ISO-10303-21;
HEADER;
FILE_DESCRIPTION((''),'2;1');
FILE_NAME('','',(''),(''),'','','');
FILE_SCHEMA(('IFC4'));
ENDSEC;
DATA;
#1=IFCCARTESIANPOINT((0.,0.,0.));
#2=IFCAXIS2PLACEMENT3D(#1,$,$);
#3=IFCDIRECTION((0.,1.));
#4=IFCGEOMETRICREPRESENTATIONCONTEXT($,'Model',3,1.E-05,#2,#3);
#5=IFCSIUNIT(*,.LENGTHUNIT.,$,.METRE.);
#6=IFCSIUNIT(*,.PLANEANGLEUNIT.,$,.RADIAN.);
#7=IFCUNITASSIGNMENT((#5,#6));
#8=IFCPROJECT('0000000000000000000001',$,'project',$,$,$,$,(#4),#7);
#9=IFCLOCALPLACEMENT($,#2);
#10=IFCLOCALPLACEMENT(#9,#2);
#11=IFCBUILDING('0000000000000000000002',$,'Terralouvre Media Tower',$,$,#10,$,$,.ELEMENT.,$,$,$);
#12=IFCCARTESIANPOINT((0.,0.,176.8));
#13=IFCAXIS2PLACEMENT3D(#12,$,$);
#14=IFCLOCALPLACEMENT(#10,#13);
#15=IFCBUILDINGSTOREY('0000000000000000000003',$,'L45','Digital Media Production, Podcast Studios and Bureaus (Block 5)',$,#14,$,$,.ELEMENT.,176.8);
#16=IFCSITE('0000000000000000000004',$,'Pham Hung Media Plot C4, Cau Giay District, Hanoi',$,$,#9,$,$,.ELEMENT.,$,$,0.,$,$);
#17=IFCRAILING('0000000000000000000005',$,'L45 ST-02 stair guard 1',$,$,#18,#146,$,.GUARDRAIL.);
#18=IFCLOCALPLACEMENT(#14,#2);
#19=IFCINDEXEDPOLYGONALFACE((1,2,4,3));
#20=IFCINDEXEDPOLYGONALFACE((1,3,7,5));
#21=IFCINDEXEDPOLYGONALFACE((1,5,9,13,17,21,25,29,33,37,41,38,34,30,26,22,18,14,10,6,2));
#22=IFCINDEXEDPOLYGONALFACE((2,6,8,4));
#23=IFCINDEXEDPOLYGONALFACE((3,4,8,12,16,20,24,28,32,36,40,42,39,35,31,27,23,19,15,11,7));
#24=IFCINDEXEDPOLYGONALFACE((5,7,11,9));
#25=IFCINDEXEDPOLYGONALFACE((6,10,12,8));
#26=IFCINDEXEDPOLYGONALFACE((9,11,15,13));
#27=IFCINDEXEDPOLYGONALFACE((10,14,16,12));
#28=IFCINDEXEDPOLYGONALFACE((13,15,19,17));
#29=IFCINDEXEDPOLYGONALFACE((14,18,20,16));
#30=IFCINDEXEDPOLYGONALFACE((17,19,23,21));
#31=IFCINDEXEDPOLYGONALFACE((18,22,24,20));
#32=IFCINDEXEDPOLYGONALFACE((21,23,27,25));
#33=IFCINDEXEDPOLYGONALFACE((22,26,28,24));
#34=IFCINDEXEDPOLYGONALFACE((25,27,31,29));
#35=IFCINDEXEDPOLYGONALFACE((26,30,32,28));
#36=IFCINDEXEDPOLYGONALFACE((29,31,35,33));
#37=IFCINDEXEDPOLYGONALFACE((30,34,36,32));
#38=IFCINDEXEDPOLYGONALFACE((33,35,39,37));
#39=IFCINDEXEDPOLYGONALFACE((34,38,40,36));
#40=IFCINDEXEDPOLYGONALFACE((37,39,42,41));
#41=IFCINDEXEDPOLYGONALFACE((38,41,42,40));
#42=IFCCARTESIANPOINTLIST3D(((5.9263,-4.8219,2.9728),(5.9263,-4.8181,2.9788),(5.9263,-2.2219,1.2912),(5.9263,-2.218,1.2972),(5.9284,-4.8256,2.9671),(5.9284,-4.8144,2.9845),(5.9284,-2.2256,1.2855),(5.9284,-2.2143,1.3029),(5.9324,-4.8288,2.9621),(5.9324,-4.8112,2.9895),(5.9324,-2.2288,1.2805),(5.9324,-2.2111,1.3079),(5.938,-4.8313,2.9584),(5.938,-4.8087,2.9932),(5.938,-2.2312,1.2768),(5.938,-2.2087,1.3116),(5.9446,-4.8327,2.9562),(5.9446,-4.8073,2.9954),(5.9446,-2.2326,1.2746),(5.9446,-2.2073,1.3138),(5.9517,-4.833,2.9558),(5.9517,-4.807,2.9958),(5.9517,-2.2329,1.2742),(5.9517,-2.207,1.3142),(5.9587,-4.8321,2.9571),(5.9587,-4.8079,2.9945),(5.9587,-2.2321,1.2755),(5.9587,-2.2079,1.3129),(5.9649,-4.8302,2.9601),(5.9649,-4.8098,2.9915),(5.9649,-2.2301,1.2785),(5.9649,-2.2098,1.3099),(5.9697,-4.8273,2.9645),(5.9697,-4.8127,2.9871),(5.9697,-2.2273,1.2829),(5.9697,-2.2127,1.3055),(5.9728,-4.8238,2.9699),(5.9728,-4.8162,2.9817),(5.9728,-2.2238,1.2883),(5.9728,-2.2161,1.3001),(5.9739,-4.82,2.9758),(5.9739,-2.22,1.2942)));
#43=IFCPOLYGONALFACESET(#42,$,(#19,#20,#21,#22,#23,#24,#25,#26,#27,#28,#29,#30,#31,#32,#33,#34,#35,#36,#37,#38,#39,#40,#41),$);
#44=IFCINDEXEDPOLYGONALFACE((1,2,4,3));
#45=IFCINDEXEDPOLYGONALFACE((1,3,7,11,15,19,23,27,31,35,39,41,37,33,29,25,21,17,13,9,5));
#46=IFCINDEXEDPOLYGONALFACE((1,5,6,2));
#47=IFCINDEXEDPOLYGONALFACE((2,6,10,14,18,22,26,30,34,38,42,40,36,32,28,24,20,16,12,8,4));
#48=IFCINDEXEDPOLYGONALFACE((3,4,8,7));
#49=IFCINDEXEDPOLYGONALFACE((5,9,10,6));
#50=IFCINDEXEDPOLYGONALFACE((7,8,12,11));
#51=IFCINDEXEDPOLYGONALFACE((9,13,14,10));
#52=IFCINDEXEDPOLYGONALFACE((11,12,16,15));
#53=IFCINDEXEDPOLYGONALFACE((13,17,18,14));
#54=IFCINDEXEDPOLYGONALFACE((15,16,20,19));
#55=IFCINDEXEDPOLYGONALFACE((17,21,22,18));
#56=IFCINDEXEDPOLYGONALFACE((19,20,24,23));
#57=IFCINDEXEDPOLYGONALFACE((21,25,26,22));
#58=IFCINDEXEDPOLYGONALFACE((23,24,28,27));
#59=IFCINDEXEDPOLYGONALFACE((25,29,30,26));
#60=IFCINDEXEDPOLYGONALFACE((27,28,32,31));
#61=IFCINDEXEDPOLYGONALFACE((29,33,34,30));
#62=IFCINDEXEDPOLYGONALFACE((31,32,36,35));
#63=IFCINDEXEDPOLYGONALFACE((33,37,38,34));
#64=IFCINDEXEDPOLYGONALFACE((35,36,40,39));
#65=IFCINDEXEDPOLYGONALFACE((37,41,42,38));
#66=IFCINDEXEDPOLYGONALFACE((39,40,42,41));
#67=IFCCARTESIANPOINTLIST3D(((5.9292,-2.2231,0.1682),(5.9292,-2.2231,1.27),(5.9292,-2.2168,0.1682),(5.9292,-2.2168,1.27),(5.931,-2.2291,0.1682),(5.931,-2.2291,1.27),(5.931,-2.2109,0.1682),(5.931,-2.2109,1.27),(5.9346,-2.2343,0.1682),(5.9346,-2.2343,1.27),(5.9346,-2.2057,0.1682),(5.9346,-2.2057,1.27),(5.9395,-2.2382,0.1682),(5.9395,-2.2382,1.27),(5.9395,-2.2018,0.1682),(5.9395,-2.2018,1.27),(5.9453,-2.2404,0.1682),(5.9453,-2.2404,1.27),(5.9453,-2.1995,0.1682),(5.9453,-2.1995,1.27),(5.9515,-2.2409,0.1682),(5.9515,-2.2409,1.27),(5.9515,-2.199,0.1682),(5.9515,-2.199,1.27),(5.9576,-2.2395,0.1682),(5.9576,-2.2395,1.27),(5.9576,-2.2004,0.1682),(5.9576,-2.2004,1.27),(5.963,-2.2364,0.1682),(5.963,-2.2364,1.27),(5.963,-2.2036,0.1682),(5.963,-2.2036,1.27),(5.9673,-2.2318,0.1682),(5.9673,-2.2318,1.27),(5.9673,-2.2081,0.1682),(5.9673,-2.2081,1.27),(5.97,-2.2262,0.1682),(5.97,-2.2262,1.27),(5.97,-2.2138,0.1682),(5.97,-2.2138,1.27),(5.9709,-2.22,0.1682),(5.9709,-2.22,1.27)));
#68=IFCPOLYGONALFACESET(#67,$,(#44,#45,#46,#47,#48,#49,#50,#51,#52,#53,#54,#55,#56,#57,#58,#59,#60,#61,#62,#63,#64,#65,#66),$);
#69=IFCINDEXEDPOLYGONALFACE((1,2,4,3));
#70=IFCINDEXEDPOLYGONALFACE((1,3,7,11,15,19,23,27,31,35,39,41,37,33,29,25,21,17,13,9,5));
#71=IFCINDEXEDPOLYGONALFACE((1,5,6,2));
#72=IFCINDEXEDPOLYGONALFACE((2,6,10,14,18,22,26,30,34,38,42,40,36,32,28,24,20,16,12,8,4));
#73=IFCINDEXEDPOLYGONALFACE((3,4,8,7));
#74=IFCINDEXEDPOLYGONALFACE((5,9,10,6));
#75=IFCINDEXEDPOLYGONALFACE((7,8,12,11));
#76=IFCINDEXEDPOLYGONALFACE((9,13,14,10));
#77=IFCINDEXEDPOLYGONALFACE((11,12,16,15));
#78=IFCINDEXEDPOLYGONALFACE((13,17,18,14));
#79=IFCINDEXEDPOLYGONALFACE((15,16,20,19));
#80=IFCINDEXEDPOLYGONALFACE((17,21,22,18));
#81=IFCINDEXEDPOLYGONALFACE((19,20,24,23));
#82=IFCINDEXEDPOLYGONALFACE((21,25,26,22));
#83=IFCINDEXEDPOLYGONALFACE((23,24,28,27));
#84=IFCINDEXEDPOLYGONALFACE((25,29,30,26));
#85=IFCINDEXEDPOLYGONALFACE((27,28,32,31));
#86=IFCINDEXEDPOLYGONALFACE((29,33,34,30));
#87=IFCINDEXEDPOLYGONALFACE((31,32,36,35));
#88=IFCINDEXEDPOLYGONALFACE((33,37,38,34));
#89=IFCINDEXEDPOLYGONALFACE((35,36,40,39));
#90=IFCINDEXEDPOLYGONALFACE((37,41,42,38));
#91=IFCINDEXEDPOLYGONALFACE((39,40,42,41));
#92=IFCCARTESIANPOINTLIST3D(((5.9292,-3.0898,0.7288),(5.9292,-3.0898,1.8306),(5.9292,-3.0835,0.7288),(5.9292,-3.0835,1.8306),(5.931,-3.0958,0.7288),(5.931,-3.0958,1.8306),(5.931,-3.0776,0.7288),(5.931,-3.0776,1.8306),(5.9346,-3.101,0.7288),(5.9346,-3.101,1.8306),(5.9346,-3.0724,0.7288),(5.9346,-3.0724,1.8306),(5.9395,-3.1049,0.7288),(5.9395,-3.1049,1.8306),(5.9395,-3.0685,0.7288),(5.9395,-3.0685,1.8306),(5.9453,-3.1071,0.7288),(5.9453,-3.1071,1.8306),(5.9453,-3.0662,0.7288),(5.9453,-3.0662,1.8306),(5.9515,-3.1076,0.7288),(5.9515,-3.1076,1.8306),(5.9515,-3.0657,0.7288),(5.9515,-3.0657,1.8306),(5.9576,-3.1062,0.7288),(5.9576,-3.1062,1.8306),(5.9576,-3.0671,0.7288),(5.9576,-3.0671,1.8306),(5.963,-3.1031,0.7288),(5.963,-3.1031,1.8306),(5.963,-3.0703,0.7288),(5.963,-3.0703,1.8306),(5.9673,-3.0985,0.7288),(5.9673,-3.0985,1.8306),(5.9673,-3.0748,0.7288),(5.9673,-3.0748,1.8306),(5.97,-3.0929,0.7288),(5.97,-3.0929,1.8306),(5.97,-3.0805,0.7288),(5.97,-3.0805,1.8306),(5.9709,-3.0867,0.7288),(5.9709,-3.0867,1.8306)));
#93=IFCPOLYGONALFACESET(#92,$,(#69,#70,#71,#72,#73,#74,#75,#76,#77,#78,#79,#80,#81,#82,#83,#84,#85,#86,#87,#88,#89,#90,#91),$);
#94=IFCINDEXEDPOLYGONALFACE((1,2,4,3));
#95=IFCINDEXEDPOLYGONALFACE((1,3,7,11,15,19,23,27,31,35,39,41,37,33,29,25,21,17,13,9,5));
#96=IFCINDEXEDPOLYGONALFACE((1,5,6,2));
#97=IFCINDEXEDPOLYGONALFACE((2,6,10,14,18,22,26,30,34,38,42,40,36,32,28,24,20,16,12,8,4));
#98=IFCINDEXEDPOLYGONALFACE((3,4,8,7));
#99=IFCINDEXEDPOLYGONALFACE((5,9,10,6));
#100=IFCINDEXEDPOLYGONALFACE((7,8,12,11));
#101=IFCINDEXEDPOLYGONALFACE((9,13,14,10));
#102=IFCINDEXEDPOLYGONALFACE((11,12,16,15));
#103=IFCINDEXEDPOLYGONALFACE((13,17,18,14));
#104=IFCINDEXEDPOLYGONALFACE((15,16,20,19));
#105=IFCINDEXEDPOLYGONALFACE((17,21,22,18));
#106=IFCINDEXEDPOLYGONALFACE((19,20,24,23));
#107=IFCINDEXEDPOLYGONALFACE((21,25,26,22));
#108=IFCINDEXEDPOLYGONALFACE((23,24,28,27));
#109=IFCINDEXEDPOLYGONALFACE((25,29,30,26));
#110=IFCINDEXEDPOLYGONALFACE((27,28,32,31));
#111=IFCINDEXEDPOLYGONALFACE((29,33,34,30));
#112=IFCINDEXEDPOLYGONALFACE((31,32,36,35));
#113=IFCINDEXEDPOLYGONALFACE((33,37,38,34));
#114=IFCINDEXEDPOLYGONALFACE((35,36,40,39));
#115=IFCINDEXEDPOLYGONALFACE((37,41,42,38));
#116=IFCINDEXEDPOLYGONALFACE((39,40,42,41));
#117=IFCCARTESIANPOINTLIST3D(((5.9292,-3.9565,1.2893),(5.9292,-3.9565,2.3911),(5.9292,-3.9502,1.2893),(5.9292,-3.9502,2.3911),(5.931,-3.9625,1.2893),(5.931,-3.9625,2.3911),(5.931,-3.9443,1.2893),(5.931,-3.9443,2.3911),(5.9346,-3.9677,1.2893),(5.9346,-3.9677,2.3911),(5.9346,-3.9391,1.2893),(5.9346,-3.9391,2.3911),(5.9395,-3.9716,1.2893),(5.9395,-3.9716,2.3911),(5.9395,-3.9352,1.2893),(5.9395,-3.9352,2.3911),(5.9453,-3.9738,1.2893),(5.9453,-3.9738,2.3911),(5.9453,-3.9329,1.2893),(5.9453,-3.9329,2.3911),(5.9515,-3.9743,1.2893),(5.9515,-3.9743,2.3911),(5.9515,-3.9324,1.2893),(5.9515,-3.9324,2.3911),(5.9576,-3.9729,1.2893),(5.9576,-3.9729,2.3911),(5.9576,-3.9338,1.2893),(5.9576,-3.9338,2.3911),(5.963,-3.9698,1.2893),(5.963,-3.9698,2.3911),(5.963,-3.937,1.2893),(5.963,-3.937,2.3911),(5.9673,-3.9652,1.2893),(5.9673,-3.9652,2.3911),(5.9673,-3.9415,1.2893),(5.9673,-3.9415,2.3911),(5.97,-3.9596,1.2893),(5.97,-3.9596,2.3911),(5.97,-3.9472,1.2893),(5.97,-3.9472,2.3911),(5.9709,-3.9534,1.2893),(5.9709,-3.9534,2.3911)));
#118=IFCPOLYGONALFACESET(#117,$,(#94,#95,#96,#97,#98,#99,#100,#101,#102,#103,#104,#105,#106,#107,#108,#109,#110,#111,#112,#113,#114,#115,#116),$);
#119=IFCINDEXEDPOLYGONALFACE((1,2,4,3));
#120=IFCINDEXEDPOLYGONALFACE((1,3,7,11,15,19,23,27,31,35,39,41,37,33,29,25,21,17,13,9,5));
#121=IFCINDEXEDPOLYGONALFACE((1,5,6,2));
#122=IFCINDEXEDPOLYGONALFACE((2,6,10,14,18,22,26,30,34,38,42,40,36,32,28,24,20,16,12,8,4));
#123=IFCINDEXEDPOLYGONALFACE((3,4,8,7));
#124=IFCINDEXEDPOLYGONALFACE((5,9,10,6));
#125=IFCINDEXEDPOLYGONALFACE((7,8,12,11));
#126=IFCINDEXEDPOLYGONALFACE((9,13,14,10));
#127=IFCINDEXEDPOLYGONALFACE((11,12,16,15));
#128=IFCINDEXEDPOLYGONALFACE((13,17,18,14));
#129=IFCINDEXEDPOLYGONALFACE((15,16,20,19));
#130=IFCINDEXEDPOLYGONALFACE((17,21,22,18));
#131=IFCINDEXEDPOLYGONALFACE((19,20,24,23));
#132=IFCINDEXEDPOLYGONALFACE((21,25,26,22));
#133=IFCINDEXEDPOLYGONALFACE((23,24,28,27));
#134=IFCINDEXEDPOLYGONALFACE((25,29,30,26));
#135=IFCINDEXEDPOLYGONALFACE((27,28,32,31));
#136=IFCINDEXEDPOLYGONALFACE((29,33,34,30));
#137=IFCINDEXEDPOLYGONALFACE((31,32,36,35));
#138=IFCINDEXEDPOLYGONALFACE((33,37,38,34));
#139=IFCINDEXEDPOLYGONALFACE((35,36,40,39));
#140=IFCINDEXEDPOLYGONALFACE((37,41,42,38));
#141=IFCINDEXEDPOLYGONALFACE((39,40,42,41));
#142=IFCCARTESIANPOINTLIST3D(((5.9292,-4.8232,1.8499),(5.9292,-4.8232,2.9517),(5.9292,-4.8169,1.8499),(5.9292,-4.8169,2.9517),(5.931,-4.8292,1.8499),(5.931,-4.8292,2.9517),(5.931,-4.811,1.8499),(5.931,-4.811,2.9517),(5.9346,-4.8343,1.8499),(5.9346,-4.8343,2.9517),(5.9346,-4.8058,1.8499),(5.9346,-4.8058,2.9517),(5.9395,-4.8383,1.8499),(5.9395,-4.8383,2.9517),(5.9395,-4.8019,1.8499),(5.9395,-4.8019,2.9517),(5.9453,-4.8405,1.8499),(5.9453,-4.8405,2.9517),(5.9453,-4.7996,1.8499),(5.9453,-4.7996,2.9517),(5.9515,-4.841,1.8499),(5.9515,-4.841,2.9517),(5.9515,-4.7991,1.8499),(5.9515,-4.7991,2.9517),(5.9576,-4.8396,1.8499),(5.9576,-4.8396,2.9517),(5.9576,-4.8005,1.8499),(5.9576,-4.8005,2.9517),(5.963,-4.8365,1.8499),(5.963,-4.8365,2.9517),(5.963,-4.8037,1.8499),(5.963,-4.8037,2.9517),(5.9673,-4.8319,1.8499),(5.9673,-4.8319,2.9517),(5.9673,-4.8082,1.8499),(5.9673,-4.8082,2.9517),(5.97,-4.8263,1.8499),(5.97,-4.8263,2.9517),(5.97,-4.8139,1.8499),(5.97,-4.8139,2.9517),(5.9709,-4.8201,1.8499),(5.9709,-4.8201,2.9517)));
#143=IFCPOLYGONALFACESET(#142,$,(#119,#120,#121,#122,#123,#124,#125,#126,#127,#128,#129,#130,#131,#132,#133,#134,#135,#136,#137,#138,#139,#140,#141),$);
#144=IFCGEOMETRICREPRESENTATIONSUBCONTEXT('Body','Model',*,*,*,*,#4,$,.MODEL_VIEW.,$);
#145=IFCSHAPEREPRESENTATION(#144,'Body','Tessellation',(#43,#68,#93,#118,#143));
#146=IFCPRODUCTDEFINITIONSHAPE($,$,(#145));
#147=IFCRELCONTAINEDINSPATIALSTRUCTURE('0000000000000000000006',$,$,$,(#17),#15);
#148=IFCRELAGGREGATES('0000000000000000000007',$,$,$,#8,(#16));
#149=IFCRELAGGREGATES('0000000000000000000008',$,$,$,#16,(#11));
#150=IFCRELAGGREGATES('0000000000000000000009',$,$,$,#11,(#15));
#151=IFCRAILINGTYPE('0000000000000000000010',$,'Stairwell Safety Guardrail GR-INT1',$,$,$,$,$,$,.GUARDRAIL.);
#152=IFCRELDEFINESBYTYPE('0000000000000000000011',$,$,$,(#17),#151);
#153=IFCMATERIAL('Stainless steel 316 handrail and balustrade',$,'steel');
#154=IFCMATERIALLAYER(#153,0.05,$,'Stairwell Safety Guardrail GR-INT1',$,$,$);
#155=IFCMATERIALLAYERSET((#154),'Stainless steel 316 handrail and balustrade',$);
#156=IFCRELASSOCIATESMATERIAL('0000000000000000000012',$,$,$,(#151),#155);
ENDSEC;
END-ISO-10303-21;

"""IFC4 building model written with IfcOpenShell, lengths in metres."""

from ifc_helpers import new_model, si_unit, direction, frame, origin, origin_2d, place, context, subcontext, project, spatial, circle, extrude, material, layer, layer_set, type_object, element, save


model = new_model("IFC4")

# Units and contexts
model_context = context("Model", 3, precision=1e-05, world=origin(), true_north=direction((0.0, 1.0)))
body_context = subcontext(model_context, "Body", "Model", "MODEL_VIEW")
ifc_project = project(units=[si_unit("LENGTHUNIT", "METRE"), si_unit("PLANEANGLEUNIT", "RADIAN")], contexts=[model_context])

# Site, building, storey
site_placement = place(None, origin())
site = spatial("IfcSite", under=ifc_project, at=site_placement, Name="Pham Hung Media Plot C4, Cau Giay District, Hanoi", CompositionType="ELEMENT", RefElevation=0.0)
building_placement = place(site_placement, origin())
building = spatial("IfcBuilding", under=site, at=building_placement, Name="Terralouvre Media Tower", CompositionType="ELEMENT")
storey_placement = place(building_placement, frame((0.0, 0.0, 176.8)))
storey = spatial("IfcBuildingStorey", under=building, at=storey_placement, Name="L45", Description="Digital Media Production, Podcast Studios and Bureaus (Block 5)", CompositionType="ELEMENT", Elevation=176.8)

# Railing
ifc_material_1 = material(Name="Stainless steel 316 handrail and balustrade", Category="steel")
ifc_layer_1 = layer(ifc_material_1, 0.05, Name="Stairwell Safety Guardrail GR-INT1")
ifc_layer_set_1 = layer_set([ifc_layer_1], Name="Stainless steel 316 handrail and balustrade")
railing_type_1 = type_object("IfcRailingType", Name="Stairwell Safety Guardrail GR-INT1", PredefinedType="GUARDRAIL", material=ifc_layer_set_1)
railing_1_placement = place(storey_placement, frame((5.95, -2.22, 0.1682)))
element("IfcRailing", 1, at=railing_1_placement, inside=storey, type_object=railing_type_1, Name="L45 ST-02 stair guard 1", PredefinedType="GUARDRAIL", context=body_context, shape_type="SweptSolid", body=[
    extrude(circle(Radius=0.0239, at=origin_2d()), frame((0.0, 0.0, 1.126), z_axis=(0.0, -0.839684, 0.543075), x_axis=(1.0, 0.0, 0.0)), (0.0, 0.0, 1.0), 3.0964),
    extrude(circle(Radius=0.021, at=origin_2d()), origin(), (0.0, 0.0, 1.0), 1.1018),
    extrude(circle(Radius=0.021, at=origin_2d()), frame((0.0, -0.8667, 0.5605)), (0.0, 0.0, 1.0), 1.1018),
    extrude(circle(Radius=0.021, at=origin_2d()), frame((0.0, -1.7334, 1.1211)), (0.0, 0.0, 1.0), 1.1018),
    extrude(circle(Radius=0.021, at=origin_2d()), frame((0.0, -2.6001, 1.6816)), (0.0, 0.0, 1.0), 1.1018),
])

save(model, "model.ifc")
